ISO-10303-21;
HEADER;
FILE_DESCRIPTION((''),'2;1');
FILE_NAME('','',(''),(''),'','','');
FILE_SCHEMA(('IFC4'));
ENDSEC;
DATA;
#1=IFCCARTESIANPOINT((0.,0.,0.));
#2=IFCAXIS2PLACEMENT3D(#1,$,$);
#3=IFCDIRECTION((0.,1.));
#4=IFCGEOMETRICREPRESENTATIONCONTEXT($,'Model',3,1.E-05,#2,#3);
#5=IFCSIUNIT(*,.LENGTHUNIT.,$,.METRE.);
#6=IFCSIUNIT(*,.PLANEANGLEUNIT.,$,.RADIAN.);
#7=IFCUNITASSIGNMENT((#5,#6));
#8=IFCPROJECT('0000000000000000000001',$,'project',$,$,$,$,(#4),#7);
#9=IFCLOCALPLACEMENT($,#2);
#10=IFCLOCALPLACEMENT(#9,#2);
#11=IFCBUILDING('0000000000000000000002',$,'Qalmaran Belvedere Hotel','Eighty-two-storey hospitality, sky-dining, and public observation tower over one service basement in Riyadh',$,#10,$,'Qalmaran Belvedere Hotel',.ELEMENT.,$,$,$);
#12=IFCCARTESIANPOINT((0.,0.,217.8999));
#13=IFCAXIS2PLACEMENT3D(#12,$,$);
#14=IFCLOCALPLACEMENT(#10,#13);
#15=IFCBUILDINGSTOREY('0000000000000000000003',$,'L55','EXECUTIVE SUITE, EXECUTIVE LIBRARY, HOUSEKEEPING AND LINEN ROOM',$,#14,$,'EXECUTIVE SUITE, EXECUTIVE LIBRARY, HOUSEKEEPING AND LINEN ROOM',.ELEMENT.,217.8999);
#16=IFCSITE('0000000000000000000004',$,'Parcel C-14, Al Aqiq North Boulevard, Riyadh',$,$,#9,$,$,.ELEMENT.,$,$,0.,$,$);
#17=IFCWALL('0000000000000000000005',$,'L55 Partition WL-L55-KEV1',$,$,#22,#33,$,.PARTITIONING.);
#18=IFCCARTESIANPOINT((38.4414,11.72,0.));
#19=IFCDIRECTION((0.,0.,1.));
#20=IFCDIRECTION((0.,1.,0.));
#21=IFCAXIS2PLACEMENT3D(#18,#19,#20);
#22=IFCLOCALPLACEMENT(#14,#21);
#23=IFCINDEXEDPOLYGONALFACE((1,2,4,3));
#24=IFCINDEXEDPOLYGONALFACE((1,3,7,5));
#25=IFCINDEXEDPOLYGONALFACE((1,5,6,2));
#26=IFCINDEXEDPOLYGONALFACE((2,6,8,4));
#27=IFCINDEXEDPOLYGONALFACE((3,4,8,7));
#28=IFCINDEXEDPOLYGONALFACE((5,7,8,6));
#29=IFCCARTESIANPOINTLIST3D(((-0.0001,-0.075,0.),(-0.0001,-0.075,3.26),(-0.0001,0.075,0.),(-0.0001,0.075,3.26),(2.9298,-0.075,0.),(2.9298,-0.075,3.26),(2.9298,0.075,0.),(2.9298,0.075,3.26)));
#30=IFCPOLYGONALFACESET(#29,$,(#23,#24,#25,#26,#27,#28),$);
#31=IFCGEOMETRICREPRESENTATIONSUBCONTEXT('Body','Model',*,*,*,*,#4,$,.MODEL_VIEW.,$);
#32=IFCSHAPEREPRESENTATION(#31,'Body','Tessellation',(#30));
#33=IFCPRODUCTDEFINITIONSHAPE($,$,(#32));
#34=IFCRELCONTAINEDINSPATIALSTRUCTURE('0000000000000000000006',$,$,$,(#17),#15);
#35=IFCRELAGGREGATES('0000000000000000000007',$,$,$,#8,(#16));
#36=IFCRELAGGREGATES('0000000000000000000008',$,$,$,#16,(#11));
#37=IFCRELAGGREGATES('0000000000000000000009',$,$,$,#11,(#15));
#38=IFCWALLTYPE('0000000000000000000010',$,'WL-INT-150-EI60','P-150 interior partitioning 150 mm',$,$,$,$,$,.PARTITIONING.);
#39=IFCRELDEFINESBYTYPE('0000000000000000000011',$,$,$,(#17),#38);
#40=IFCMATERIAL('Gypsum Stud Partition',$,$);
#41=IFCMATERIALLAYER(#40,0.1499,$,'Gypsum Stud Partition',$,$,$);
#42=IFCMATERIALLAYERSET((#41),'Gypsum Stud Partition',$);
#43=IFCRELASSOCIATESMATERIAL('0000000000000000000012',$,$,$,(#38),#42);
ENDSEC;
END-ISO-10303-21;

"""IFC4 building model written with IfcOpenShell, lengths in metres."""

from ifc_helpers import new_model, si_unit, direction, frame, frame_2d, origin, place, context, subcontext, project, spatial, rectangle, extrude, material, layer, layer_set, type_object, element, save


model = new_model("IFC4")

# Units and contexts
model_context = context("Model", 3, precision=1e-05, world=origin(), true_north=direction((0.0, 1.0)))
body_context = subcontext(model_context, "Body", "Model", "MODEL_VIEW")
ifc_project = project(units=[si_unit("LENGTHUNIT", "METRE"), si_unit("PLANEANGLEUNIT", "RADIAN")], contexts=[model_context])

# Site, building, storey
site_placement = place(None, origin())
site = spatial("IfcSite", under=ifc_project, at=site_placement, Name="Parcel C-14, Al Aqiq North Boulevard, Riyadh", CompositionType="ELEMENT", RefElevation=0.0)
building_placement = place(site_placement, origin())
building = spatial("IfcBuilding", under=site, at=building_placement, Name="Qalmaran Belvedere Hotel", Description="Eighty-two-storey hospitality, sky-dining, and public observation tower over one service basement in Riyadh", LongName="Qalmaran Belvedere Hotel", CompositionType="ELEMENT")
storey_placement = place(building_placement, frame((0.0, 0.0, 217.8999)))
storey = spatial("IfcBuildingStorey", under=building, at=storey_placement, Name="L55", Description="EXECUTIVE SUITE, EXECUTIVE LIBRARY, HOUSEKEEPING AND LINEN ROOM", LongName="EXECUTIVE SUITE, EXECUTIVE LIBRARY, HOUSEKEEPING AND LINEN ROOM", CompositionType="ELEMENT", Elevation=217.8999)

# Wall
ifc_material_1 = material(Name="Gypsum Stud Partition")
ifc_layer_1 = layer(ifc_material_1, 0.1499, Name="Gypsum Stud Partition")
ifc_layer_set_1 = layer_set([ifc_layer_1], Name="Gypsum Stud Partition")
wall_type_1 = type_object("IfcWallType", Name="WL-INT-150-EI60", Description="P-150 interior partitioning 150 mm", PredefinedType="PARTITIONING", material=ifc_layer_set_1)
wall_1_placement = place(storey_placement, frame((38.4414, 11.72, 0.0), z_axis=(0.0, 0.0, 1.0), x_axis=(0.0, 1.0, 0.0)))
element("IfcWall", 1, at=wall_1_placement, inside=storey, type_object=wall_type_1, Name="L55 Partition WL-L55-KEV1", PredefinedType="PARTITIONING", context=body_context, shape_type="SweptSolid", body=[
    extrude(rectangle(XDim=2.9299, YDim=0.1499, at=frame_2d((1.4648, 0.0))), origin(), (0.0, 0.0, 1.0), 3.26),
])

save(model, "model.ifc")
